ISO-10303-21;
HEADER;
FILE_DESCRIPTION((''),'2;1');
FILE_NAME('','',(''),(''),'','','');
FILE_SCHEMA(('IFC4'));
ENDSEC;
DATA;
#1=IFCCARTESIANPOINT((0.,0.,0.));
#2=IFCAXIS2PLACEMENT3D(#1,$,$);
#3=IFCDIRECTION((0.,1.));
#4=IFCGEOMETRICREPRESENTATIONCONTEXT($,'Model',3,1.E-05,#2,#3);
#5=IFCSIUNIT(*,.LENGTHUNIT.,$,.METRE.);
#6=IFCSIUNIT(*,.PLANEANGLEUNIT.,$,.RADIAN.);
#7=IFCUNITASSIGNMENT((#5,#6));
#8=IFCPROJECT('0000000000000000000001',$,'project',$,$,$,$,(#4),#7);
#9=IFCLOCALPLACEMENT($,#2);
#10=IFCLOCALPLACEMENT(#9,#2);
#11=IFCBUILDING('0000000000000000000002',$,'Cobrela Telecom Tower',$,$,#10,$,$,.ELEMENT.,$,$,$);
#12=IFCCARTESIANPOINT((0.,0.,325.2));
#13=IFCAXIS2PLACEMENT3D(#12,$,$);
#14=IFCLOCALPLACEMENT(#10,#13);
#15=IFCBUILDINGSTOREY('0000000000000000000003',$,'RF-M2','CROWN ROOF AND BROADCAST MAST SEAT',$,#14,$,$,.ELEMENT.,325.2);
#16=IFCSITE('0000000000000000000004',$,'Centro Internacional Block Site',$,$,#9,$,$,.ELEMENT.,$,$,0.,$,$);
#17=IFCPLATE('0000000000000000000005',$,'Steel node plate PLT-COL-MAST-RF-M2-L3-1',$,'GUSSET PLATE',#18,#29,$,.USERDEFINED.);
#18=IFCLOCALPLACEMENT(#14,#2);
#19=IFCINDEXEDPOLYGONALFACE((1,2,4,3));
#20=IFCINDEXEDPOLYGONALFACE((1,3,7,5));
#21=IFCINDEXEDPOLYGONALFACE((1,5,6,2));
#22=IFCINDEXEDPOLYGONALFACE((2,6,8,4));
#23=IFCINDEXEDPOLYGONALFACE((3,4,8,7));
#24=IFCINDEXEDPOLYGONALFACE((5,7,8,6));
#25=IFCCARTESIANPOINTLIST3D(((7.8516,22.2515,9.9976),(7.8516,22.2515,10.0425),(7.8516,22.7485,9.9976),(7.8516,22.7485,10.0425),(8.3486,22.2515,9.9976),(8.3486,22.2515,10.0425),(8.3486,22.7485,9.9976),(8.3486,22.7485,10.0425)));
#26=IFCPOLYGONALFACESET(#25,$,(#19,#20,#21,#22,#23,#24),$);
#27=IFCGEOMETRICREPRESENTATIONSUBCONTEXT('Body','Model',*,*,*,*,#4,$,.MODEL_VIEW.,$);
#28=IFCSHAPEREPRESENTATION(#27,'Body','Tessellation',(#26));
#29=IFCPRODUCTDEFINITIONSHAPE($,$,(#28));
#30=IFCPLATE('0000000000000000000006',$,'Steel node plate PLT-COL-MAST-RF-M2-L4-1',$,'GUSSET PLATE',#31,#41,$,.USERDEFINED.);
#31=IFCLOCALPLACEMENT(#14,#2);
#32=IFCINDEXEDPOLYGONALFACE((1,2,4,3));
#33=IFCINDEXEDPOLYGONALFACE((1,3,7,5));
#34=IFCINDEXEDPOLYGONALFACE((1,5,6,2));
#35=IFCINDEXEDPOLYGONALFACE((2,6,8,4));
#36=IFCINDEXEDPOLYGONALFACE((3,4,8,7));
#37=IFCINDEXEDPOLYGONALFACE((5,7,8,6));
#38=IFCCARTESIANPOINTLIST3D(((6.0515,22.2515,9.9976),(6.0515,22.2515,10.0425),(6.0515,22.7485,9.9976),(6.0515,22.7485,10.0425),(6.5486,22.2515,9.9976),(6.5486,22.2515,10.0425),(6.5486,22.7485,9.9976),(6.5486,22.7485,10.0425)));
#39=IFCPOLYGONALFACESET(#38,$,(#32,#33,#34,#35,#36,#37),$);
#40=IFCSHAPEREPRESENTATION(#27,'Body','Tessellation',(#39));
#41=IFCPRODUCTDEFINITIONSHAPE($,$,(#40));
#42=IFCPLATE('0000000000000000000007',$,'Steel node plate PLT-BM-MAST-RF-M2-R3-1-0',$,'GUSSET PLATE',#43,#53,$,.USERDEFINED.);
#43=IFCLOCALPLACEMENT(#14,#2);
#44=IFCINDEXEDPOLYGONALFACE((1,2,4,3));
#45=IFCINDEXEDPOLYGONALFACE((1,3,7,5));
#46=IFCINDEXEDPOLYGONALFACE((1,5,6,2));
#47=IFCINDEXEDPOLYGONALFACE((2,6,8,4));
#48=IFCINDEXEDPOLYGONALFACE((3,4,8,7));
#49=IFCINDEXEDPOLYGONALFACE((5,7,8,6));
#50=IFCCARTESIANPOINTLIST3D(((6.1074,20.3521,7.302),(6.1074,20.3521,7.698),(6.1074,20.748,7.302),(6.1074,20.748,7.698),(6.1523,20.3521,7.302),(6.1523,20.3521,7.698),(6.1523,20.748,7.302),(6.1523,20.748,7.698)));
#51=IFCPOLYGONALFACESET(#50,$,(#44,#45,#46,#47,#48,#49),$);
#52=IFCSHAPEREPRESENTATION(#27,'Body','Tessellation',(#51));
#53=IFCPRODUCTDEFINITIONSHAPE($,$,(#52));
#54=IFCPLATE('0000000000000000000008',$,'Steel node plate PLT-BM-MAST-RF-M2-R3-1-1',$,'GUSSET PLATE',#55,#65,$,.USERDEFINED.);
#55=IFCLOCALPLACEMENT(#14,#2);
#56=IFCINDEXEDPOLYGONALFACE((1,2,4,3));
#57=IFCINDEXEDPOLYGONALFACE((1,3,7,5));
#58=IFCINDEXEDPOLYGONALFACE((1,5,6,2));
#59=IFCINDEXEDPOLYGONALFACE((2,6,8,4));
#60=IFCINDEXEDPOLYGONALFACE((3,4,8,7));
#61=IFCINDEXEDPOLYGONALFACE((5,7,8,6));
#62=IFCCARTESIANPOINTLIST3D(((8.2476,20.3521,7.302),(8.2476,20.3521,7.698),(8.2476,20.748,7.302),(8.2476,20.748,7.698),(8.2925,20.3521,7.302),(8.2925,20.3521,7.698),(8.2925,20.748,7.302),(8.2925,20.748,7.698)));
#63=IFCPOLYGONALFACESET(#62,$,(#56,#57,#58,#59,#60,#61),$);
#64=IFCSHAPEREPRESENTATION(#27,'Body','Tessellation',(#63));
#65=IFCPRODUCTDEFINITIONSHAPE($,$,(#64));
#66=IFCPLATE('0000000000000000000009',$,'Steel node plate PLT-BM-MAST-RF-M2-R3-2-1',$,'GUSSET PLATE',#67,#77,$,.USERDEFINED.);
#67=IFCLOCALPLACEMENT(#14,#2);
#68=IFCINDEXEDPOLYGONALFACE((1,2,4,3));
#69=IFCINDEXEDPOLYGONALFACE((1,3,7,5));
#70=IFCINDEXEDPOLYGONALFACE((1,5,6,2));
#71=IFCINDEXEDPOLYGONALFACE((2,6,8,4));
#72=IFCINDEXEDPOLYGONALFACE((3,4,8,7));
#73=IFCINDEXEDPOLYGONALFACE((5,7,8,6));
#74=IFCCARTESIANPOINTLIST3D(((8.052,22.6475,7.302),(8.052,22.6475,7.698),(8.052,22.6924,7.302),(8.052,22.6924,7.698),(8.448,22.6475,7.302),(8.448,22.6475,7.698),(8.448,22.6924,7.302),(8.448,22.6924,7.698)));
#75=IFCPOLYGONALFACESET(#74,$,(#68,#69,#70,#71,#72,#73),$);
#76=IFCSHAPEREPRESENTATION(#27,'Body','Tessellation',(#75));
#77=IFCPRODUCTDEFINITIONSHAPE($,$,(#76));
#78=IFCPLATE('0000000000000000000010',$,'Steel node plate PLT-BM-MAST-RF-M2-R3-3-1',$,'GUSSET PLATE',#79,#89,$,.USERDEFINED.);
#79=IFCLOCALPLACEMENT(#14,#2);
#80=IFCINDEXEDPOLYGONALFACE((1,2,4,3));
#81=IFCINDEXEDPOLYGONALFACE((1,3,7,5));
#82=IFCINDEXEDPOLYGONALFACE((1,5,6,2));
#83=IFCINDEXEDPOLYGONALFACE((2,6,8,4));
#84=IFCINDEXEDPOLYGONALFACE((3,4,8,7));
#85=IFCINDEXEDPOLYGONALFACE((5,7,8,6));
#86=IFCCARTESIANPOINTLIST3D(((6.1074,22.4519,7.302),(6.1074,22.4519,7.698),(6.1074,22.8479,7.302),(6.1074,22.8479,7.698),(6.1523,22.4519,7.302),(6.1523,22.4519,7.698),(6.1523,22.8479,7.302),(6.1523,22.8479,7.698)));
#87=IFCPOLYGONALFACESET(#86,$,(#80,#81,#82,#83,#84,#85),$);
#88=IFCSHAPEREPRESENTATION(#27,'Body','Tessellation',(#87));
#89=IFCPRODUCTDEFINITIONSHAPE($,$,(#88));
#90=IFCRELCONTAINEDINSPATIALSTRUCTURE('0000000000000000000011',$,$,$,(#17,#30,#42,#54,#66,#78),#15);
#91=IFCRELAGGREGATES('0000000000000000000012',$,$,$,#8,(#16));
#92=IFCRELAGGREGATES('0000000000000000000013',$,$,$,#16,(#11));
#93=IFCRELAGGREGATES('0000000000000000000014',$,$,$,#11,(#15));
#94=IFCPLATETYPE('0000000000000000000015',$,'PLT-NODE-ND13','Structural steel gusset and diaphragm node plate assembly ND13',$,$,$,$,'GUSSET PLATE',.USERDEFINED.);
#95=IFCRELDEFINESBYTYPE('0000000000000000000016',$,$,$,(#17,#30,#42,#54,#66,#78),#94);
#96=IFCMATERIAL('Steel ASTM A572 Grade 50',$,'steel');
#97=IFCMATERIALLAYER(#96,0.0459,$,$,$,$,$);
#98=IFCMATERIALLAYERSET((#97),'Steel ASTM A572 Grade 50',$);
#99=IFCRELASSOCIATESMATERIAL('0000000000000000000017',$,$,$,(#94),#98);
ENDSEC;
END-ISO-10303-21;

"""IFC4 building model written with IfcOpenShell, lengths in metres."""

from ifc_helpers import new_model, si_unit, direction, frame, origin, origin_2d, place, context, subcontext, project, spatial, rectangle, extrude, material, layer, layer_set, type_object, element, save


model = new_model("IFC4")

# Units and contexts
model_context = context("Model", 3, precision=1e-05, world=origin(), true_north=direction((0.0, 1.0)))
body_context = subcontext(model_context, "Body", "Model", "MODEL_VIEW")
ifc_project = project(units=[si_unit("LENGTHUNIT", "METRE"), si_unit("PLANEANGLEUNIT", "RADIAN")], contexts=[model_context])

# Site, building, storey
site_placement = place(None, origin())
site = spatial("IfcSite", under=ifc_project, at=site_placement, Name="Centro Internacional Block Site", CompositionType="ELEMENT", RefElevation=0.0)
building_placement = place(site_placement, origin())
building = spatial("IfcBuilding", under=site, at=building_placement, Name="Cobrela Telecom Tower", CompositionType="ELEMENT")
storey_placement = place(building_placement, frame((0.0, 0.0, 325.2)))
storey = spatial("IfcBuildingStorey", under=building, at=storey_placement, Name="RF-M2", Description="CROWN ROOF AND BROADCAST MAST SEAT", CompositionType="ELEMENT", Elevation=325.2)

# Shared definitions
ifc_material = material(Name="Steel ASTM A572 Grade 50", Category="steel")

# Plates
ifc_layer_1 = layer(ifc_material, 0.0459)
ifc_layer_set_1 = layer_set([ifc_layer_1], Name="Steel ASTM A572 Grade 50")
plate_type_1 = type_object("IfcPlateType", Name="PLT-NODE-ND13", Description="Structural steel gusset and diaphragm node plate assembly ND13", ElementType="GUSSET PLATE", PredefinedType="USERDEFINED", material=ifc_layer_set_1)
for number, where, z_axis, x_axis, name in (
    (1, (8.1001, 22.5, 9.9976), (0.0, 0.0, 1.0), (1.0, 0.0, 0.0), "Steel node plate PLT-COL-MAST-RF-M2-L3-1"),
    (2, (6.3, 22.5, 9.9976), (0.0, 0.0, 1.0), (1.0, 0.0, 0.0), "Steel node plate PLT-COL-MAST-RF-M2-L4-1"),
):
    element("IfcPlate", number, at=place(storey_placement, frame(where, z_axis=z_axis, x_axis=x_axis)), inside=storey, type_object=plate_type_1, Name=name, ObjectType="GUSSET PLATE", PredefinedType="USERDEFINED", context=body_context, shape_type="SweptSolid", body=[
        extrude(rectangle(XDim=0.4971, YDim=0.4971, at=origin_2d()), origin(), (0.0, 0.0, 1.0), 0.0449),
    ])
for number, where, z_axis, x_axis, name in (
    (3, (6.1299, 20.55, 7.302), (0.0, 0.0, 1.0), (1.0, 0.0, 0.0), "Steel node plate PLT-BM-MAST-RF-M2-R3-1-0"),
    (4, (8.27, 20.55, 7.302), (0.0, 0.0, 1.0), (1.0, 0.0, 0.0), "Steel node plate PLT-BM-MAST-RF-M2-R3-1-1"),
    (5, (8.25, 22.6699, 7.302), (0.0, 0.0, 1.0), (0.0, 1.0, 0.0), "Steel node plate PLT-BM-MAST-RF-M2-R3-2-1"),
    (6, (6.1299, 22.6499, 7.302), (0.0, 0.0, 1.0), (-1.0, 0.0, 0.0), "Steel node plate PLT-BM-MAST-RF-M2-R3-3-1"),
):
    element("IfcPlate", number, at=place(storey_placement, frame(where, z_axis=z_axis, x_axis=x_axis)), inside=storey, type_object=plate_type_1, Name=name, ObjectType="GUSSET PLATE", PredefinedType="USERDEFINED", context=body_context, shape_type="SweptSolid", body=[
        extrude(rectangle(XDim=0.0449, YDim=0.396, at=origin_2d()), origin(), (0.0, 0.0, 1.0), 0.396),
    ])

save(model, "model.ifc")
